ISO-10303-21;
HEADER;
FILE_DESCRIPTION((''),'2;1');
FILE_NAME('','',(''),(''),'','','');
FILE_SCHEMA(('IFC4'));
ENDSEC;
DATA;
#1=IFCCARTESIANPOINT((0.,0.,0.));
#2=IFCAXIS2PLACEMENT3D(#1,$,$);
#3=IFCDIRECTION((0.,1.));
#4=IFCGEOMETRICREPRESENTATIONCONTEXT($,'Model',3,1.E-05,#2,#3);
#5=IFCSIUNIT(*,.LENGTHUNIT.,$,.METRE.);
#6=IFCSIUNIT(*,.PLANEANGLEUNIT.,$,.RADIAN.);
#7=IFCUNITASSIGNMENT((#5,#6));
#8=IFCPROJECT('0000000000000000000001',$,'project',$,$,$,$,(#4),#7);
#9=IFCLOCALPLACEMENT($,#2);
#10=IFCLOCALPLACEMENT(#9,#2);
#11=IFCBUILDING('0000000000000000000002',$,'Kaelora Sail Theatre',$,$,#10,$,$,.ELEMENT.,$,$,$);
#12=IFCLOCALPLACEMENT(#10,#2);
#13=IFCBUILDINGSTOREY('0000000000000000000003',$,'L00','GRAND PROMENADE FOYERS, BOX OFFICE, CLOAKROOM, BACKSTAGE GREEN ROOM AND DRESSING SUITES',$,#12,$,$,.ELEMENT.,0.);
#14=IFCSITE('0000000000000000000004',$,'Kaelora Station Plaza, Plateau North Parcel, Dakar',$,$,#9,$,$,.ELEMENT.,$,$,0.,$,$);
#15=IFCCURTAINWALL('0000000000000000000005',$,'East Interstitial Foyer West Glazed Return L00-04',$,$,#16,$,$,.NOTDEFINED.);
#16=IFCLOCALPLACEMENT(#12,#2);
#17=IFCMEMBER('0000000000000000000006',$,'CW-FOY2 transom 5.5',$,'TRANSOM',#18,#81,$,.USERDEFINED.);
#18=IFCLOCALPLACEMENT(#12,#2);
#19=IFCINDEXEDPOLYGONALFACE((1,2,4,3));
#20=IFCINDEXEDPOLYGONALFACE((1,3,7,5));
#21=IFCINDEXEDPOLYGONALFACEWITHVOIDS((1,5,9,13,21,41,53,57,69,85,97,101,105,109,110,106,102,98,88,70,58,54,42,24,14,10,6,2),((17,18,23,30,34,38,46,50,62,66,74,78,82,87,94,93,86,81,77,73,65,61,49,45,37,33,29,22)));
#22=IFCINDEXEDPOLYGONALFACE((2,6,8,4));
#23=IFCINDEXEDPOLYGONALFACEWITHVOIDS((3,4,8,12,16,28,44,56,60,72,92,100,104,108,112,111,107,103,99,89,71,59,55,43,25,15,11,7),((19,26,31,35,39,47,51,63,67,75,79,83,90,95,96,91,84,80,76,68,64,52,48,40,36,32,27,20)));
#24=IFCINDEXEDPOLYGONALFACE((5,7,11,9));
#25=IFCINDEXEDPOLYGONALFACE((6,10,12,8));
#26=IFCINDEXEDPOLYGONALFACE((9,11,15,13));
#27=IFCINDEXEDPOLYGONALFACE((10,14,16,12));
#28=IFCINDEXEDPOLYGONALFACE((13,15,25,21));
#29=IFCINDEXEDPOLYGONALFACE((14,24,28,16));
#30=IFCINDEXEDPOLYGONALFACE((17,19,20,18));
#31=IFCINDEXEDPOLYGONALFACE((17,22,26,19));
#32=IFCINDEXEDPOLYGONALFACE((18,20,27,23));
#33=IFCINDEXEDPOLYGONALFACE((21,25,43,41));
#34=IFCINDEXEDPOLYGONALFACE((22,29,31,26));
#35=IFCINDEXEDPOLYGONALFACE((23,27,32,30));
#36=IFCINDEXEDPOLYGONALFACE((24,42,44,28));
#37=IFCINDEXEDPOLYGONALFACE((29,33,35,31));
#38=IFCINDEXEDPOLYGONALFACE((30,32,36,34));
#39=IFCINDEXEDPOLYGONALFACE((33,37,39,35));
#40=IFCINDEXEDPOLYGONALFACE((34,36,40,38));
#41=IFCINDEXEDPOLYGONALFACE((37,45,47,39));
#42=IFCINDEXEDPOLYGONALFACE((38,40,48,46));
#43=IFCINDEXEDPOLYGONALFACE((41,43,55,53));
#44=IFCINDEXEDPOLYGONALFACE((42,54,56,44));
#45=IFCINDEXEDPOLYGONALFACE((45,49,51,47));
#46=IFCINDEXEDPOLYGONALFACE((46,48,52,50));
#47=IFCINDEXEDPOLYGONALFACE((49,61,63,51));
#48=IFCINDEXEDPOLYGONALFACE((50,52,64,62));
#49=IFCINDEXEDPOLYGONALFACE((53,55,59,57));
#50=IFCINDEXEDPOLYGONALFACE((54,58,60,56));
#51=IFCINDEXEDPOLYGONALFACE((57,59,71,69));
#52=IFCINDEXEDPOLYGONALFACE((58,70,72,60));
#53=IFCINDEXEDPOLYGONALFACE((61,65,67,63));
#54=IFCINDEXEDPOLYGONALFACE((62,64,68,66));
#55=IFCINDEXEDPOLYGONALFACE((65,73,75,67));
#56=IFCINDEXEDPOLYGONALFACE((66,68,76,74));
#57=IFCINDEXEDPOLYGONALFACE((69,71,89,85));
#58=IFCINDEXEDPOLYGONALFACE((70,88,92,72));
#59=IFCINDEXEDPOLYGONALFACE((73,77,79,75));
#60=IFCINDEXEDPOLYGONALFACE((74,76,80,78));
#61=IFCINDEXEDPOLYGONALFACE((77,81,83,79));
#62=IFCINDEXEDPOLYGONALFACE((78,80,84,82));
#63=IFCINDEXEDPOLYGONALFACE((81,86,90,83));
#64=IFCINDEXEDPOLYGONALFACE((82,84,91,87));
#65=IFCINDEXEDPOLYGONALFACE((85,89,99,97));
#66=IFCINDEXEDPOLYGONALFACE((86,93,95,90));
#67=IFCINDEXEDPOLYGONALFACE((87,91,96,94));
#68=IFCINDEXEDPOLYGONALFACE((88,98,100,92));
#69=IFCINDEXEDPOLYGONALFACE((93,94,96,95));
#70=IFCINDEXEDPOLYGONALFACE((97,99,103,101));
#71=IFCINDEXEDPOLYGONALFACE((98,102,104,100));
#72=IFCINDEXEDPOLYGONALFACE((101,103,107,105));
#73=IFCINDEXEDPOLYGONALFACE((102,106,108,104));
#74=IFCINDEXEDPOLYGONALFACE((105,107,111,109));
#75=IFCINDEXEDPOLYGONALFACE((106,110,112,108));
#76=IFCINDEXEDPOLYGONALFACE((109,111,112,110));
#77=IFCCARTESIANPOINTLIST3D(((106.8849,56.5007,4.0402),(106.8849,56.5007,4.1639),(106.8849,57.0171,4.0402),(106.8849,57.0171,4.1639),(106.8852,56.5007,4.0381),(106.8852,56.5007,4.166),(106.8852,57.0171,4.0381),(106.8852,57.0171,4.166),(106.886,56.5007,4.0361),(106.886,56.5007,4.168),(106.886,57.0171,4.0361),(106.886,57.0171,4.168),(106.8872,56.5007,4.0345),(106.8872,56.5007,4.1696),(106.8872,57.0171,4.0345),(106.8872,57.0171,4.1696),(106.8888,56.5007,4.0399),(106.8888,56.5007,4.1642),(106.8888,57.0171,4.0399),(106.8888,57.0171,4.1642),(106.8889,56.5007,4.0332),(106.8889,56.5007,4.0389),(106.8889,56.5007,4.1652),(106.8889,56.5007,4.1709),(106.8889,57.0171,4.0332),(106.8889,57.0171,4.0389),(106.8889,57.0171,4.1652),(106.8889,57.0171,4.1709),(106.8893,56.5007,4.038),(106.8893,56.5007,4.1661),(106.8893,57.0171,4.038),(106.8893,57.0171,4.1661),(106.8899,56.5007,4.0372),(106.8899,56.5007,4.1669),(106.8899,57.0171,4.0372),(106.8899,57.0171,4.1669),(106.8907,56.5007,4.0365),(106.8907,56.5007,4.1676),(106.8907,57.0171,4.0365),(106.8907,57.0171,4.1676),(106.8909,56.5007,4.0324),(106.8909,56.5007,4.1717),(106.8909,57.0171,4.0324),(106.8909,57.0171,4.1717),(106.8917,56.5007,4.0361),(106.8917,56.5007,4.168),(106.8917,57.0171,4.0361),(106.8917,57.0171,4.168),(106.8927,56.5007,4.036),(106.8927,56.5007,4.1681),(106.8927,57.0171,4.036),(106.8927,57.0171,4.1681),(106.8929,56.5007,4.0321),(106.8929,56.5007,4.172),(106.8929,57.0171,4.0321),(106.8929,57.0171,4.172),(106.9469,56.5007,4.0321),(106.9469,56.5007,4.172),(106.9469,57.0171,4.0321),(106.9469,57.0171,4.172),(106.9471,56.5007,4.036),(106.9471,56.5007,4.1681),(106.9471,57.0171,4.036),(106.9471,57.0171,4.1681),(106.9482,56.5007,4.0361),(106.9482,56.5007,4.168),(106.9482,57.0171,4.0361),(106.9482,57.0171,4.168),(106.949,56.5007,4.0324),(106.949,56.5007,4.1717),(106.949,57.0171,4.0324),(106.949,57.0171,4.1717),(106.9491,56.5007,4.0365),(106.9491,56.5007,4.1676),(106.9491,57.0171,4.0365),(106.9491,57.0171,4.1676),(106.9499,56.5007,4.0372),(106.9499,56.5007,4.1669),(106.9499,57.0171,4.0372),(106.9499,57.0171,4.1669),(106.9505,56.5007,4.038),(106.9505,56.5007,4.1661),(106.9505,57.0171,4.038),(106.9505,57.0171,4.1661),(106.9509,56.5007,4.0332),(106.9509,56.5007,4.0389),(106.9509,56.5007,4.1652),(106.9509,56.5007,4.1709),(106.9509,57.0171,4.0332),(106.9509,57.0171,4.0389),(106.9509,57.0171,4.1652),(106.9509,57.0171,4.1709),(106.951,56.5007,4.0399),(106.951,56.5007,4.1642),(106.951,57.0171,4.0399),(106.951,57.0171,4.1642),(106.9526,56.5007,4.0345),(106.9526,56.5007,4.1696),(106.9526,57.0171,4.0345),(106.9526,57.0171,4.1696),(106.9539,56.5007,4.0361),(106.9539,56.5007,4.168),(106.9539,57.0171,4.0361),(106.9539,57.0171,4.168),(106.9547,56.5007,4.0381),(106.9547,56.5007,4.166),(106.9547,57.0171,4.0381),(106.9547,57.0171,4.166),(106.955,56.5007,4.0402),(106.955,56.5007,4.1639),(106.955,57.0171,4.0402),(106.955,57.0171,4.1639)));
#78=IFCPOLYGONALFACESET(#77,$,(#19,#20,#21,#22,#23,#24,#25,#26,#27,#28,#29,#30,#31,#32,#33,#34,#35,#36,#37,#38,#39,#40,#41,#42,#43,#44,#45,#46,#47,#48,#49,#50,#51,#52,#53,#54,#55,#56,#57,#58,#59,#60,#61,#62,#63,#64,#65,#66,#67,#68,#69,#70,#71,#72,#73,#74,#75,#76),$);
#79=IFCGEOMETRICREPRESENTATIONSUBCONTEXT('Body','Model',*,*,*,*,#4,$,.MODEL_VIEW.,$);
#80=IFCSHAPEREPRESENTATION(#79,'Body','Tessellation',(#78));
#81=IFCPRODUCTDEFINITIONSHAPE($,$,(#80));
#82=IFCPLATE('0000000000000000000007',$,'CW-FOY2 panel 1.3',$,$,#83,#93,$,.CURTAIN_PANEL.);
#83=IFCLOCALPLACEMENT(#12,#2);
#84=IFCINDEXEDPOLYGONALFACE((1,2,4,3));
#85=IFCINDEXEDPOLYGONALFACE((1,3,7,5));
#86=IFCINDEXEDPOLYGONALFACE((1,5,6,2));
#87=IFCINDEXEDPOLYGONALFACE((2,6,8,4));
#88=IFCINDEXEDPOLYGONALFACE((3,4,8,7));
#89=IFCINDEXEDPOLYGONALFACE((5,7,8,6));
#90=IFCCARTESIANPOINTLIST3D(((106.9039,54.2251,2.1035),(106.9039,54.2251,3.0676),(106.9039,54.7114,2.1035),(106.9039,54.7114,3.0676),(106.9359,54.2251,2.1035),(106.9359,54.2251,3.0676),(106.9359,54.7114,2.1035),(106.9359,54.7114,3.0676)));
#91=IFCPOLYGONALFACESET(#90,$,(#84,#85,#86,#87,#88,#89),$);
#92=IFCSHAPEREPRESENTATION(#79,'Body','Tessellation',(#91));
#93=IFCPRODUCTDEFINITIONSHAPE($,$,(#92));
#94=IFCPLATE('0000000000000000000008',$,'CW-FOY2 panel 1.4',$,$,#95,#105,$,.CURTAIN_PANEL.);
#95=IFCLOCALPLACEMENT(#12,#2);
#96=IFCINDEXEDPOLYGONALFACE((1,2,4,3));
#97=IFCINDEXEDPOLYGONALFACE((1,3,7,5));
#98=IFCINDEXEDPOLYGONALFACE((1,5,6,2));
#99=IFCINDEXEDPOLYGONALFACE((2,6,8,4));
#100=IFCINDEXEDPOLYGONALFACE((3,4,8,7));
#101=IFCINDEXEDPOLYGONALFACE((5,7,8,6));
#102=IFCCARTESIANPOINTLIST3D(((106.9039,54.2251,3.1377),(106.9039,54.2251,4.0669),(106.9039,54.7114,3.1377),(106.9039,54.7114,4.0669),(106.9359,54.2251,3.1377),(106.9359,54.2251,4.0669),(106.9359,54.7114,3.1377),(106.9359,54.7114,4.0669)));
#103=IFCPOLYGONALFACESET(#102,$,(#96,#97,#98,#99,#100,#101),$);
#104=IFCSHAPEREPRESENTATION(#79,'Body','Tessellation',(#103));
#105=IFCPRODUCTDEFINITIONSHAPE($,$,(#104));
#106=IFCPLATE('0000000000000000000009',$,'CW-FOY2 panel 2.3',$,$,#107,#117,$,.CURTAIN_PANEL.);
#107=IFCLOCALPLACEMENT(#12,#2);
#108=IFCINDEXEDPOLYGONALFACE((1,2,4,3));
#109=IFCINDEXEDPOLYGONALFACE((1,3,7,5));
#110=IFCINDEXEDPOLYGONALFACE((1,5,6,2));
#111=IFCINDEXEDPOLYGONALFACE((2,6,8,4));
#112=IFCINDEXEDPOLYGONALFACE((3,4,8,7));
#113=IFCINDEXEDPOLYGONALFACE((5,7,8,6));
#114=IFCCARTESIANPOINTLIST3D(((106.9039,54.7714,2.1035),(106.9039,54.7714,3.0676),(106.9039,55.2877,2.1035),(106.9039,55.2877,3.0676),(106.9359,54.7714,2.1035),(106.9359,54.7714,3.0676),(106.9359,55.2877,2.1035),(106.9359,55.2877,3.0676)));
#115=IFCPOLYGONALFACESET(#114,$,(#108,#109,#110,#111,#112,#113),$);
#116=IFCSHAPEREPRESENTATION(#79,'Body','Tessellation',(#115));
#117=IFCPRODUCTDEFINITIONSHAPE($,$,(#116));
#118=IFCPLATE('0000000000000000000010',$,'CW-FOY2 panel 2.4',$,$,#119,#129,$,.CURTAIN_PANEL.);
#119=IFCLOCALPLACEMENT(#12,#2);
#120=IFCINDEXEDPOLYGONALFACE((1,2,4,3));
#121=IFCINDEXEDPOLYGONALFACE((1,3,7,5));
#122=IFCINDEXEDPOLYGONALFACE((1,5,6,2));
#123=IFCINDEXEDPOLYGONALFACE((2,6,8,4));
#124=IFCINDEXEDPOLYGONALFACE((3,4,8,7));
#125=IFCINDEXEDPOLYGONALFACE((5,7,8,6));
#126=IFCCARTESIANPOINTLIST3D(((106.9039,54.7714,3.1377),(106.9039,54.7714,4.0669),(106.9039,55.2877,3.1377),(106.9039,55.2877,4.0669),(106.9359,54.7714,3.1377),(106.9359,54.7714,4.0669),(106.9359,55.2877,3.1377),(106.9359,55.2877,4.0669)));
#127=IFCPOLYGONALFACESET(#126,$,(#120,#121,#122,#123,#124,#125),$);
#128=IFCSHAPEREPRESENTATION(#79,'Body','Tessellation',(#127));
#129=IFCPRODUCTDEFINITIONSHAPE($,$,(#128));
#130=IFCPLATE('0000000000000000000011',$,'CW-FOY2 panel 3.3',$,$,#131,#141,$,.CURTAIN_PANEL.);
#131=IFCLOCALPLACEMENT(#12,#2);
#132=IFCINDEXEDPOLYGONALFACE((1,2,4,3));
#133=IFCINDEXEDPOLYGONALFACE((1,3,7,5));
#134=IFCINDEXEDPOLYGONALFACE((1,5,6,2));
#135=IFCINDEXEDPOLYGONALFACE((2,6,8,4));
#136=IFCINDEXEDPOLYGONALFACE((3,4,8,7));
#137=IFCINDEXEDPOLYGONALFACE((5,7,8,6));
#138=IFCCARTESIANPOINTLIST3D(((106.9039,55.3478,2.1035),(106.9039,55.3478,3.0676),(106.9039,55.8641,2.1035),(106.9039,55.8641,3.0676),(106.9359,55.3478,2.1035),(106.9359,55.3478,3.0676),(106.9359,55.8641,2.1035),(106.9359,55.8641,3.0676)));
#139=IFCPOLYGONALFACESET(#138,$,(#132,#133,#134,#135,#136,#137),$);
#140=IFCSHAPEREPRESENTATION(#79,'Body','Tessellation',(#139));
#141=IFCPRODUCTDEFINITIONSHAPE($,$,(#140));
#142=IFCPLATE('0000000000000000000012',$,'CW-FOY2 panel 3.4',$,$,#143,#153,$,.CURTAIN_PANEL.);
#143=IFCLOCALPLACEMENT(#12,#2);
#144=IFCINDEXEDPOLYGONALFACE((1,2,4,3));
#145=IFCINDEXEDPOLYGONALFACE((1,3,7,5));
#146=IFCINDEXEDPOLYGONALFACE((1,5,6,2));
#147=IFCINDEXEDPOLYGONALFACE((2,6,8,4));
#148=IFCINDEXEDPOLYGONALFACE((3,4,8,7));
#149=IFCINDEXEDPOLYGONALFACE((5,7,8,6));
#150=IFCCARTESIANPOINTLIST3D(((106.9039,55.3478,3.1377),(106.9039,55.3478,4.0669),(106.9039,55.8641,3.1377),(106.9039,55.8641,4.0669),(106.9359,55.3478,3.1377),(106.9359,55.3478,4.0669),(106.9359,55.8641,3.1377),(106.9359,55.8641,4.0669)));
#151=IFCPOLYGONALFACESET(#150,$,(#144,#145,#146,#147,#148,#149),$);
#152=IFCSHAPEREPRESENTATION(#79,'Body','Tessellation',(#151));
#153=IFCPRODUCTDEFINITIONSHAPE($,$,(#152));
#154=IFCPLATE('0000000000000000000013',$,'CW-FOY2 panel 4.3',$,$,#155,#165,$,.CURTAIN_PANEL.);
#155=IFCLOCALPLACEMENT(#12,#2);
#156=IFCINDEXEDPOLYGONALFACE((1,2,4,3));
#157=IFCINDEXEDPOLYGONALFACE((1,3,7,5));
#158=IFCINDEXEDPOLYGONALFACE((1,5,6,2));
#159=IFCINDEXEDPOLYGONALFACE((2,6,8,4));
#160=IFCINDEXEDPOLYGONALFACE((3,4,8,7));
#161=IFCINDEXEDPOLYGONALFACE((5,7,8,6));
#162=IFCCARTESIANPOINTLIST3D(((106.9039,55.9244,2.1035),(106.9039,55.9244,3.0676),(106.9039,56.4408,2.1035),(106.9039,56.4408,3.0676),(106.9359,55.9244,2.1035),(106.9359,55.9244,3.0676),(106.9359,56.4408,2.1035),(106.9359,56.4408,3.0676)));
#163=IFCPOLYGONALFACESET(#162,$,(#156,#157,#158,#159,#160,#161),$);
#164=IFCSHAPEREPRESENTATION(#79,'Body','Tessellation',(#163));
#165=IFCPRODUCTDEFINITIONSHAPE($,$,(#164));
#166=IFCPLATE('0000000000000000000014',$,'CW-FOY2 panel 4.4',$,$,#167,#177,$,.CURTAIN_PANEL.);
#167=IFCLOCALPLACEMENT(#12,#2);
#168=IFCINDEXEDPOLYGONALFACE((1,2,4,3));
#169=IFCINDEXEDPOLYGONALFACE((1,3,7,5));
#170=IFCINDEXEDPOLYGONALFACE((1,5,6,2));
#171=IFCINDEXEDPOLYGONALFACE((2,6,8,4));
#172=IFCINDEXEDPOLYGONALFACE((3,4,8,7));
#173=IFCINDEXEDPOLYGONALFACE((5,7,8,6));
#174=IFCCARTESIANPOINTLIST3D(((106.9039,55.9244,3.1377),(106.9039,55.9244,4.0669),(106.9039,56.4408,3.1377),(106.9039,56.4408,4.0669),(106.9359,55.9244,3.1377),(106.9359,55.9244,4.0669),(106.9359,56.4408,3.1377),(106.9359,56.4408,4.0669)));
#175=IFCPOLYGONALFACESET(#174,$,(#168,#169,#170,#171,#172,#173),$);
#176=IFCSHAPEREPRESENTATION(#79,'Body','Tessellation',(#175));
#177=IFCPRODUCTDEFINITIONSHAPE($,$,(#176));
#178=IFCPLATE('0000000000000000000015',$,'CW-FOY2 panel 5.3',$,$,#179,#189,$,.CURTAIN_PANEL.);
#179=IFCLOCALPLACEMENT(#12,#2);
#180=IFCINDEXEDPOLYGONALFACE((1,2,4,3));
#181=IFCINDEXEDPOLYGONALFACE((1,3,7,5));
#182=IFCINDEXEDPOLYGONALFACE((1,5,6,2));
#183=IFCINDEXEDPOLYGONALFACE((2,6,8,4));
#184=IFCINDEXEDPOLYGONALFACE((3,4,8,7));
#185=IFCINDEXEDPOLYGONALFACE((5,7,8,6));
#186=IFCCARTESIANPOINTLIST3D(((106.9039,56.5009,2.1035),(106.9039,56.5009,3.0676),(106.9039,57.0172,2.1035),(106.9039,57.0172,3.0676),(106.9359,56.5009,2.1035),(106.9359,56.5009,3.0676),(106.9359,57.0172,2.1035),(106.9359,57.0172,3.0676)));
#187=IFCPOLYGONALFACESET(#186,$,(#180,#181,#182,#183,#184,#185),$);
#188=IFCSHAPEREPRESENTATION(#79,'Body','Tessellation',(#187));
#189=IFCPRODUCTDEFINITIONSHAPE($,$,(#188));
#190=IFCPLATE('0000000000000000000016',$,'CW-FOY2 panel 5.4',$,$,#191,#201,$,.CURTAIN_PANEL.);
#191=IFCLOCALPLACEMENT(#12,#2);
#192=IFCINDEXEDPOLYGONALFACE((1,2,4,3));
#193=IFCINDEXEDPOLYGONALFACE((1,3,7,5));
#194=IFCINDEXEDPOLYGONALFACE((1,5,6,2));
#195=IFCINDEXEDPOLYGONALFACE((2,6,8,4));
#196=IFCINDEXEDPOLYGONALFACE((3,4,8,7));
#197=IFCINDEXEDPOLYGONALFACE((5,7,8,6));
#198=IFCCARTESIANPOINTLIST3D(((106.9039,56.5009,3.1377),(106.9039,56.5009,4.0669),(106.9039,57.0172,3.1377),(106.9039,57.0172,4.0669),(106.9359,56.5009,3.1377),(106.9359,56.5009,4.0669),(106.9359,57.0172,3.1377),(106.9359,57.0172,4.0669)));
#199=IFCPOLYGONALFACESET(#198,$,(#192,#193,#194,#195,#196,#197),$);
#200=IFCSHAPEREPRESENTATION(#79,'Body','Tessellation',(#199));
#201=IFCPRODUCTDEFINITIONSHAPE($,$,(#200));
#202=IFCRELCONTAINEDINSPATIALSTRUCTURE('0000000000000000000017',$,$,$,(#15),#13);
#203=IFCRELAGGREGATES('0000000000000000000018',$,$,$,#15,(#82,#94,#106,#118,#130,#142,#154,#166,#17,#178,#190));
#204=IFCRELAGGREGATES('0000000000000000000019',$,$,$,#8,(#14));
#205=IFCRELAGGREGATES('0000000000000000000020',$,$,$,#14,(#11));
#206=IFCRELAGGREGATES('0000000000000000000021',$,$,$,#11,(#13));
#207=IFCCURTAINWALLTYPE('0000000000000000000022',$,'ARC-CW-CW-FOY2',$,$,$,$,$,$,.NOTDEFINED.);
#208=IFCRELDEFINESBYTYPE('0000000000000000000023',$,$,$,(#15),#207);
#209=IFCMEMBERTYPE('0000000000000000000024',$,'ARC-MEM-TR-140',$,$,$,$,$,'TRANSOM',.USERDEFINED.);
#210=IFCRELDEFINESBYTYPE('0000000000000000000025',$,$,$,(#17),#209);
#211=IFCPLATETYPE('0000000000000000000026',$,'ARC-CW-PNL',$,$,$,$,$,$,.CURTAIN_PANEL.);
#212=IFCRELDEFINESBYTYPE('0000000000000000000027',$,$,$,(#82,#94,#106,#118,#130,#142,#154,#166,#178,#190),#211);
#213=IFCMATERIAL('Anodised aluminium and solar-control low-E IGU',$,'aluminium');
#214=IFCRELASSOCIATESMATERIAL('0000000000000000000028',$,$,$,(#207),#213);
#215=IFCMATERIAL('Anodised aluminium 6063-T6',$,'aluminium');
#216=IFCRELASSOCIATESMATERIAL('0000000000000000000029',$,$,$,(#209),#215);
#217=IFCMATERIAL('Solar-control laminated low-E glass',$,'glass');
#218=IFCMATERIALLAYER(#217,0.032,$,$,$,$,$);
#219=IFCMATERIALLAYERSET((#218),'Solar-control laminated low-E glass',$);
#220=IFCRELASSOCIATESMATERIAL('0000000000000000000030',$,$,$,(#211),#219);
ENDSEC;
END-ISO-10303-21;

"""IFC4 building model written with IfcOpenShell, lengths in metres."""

from ifc_helpers import new_model, si_unit, direction, frame, origin, origin_2d, place, context, subcontext, project, spatial, rectangle, hollow_rectangle, extrude, material, layer, layer_set, material_profile, profile_set, type_object, element, aggregate, save


model = new_model("IFC4")

# Units and contexts
model_context = context("Model", 3, precision=1e-05, world=origin(), true_north=direction((0.0, 1.0)))
body_context = subcontext(model_context, "Body", "Model", "MODEL_VIEW")
ifc_project = project(units=[si_unit("LENGTHUNIT", "METRE"), si_unit("PLANEANGLEUNIT", "RADIAN")], contexts=[model_context])

# Site, building, storey
site_placement = place(None, origin())
site = spatial("IfcSite", under=ifc_project, at=site_placement, Name="Kaelora Station Plaza, Plateau North Parcel, Dakar", CompositionType="ELEMENT", RefElevation=0.0)
building_placement = place(site_placement, origin())
building = spatial("IfcBuilding", under=site, at=building_placement, Name="Kaelora Sail Theatre", CompositionType="ELEMENT")
storey_placement = place(building_placement, origin())
storey = spatial("IfcBuildingStorey", under=building, at=storey_placement, Name="L00", Description="GRAND PROMENADE FOYERS, BOX OFFICE, CLOAKROOM, BACKSTAGE GREEN ROOM AND DRESSING SUITES", CompositionType="ELEMENT", Elevation=0.0)

# Curtain wall, member, plates
ifc_material_1 = material(Name="Anodised aluminium and solar-control low-E IGU", Category="aluminium")
curtain_wall_type = type_object("IfcCurtainWallType", Name="ARC-CW-CW-FOY2", PredefinedType="NOTDEFINED", material=ifc_material_1)
curtain_wall_placement = place(storey_placement, origin())
curtain_wall = element("IfcCurtainWall", 1, at=curtain_wall_placement, inside=storey, type_object=curtain_wall_type, Name="East Interstitial Foyer West Glazed Return L00-04", PredefinedType="NOTDEFINED")
ifc_material_2 = material(Name="Anodised aluminium 6063-T6", Category="aluminium")
ifc_material_profile = material_profile(ifc_material_2, hollow_rectangle(XDim=0.0701, YDim=0.1399, WallThickness=0.0039, InnerFilletRadius=0.0039, OuterFilletRadius=0.0081, at=origin_2d()), Name="ALU-TRAN 70x140x4")
ifc_profile_set = profile_set([ifc_material_profile], Name="Anodised aluminium 6063-T6")
member_type = type_object("IfcMemberType", Name="ARC-MEM-TR-140", ElementType="TRANSOM", PredefinedType="USERDEFINED", material=ifc_profile_set)
member_1_placement = place(storey_placement, frame((106.9199, 56.5007, 4.1021), z_axis=(0.0, 1.0, 0.0), x_axis=(-1.0, 0.0, 0.0)))
member_1 = element("IfcMember", 2, at=member_1_placement, type_object=member_type, Name="CW-FOY2 transom 5.5", ObjectType="TRANSOM", PredefinedType="USERDEFINED", context=body_context, shape_type="SweptSolid", body=[
    extrude(hollow_rectangle(XDim=0.0701, YDim=0.1399, WallThickness=0.0039, InnerFilletRadius=0.0039, OuterFilletRadius=0.0081, at=origin_2d()), origin(), (0.0, 0.0, 1.0), 0.5164),
])
ifc_material_3 = material(Name="Solar-control laminated low-E glass", Category="glass")
ifc_layer = layer(ifc_material_3, 0.032)
ifc_layer_set = layer_set([ifc_layer], Name="Solar-control laminated low-E glass")
plate_type = type_object("IfcPlateType", Name="ARC-CW-PNL", PredefinedType="CURTAIN_PANEL", material=ifc_layer_set)
plate_1_placement = place(storey_placement, frame((106.9199, 54.4683, 2.1035), z_axis=(0.0, 0.0, 1.0), x_axis=(0.0, 1.0, 0.0)))
plate_1 = element("IfcPlate", 3, at=plate_1_placement, type_object=plate_type, Name="CW-FOY2 panel 1.3", PredefinedType="CURTAIN_PANEL", context=body_context, shape_type="SweptSolid", body=[
    extrude(rectangle(XDim=0.4863, YDim=0.032, at=origin_2d()), origin(), (0.0, 0.0, 1.0), 0.9641),
])
plate_2_placement = place(storey_placement, frame((106.9199, 54.4683, 3.1377), z_axis=(0.0, 0.0, 1.0), x_axis=(0.0, 1.0, 0.0)))
plate_2 = element("IfcPlate", 4, at=plate_2_placement, type_object=plate_type, Name="CW-FOY2 panel 1.4", PredefinedType="CURTAIN_PANEL", context=body_context, shape_type="SweptSolid", body=[
    extrude(rectangle(XDim=0.4863, YDim=0.032, at=origin_2d()), origin(), (0.0, 0.0, 1.0), 0.9292),
])
plate_3_placement = place(storey_placement, frame((106.9199, 55.0295, 2.1035), z_axis=(0.0, 0.0, 1.0), x_axis=(0.0, 1.0, 0.0)))
plate_3 = element("IfcPlate", 5, at=plate_3_placement, type_object=plate_type, Name="CW-FOY2 panel 2.3", PredefinedType="CURTAIN_PANEL", context=body_context, shape_type="SweptSolid", body=[
    extrude(rectangle(XDim=0.5164, YDim=0.032, at=origin_2d()), origin(), (0.0, 0.0, 1.0), 0.9641),
])
plate_4_placement = place(storey_placement, frame((106.9199, 55.0295, 3.1377), z_axis=(0.0, 0.0, 1.0), x_axis=(0.0, 1.0, 0.0)))
plate_4 = element("IfcPlate", 6, at=plate_4_placement, type_object=plate_type, Name="CW-FOY2 panel 2.4", PredefinedType="CURTAIN_PANEL", context=body_context, shape_type="SweptSolid", body=[
    extrude(rectangle(XDim=0.5164, YDim=0.032, at=origin_2d()), origin(), (0.0, 0.0, 1.0), 0.9292),
])
plate_5_placement = place(storey_placement, frame((106.9199, 55.606, 2.1035), z_axis=(0.0, 0.0, 1.0), x_axis=(0.0, 1.0, 0.0)))
plate_5 = element("IfcPlate", 7, at=plate_5_placement, type_object=plate_type, Name="CW-FOY2 panel 3.3", PredefinedType="CURTAIN_PANEL", context=body_context, shape_type="SweptSolid", body=[
    extrude(rectangle(XDim=0.5164, YDim=0.032, at=origin_2d()), origin(), (0.0, 0.0, 1.0), 0.9641),
])
plate_6_placement = place(storey_placement, frame((106.9199, 55.606, 3.1377), z_axis=(0.0, 0.0, 1.0), x_axis=(0.0, 1.0, 0.0)))
plate_6 = element("IfcPlate", 8, at=plate_6_placement, type_object=plate_type, Name="CW-FOY2 panel 3.4", PredefinedType="CURTAIN_PANEL", context=body_context, shape_type="SweptSolid", body=[
    extrude(rectangle(XDim=0.5164, YDim=0.032, at=origin_2d()), origin(), (0.0, 0.0, 1.0), 0.9292),
])
plate_7_placement = place(storey_placement, frame((106.9199, 56.1826, 2.1035), z_axis=(0.0, 0.0, 1.0), x_axis=(0.0, 1.0, 0.0)))
plate_7 = element("IfcPlate", 9, at=plate_7_placement, type_object=plate_type, Name="CW-FOY2 panel 4.3", PredefinedType="CURTAIN_PANEL", context=body_context, shape_type="SweptSolid", body=[
    extrude(rectangle(XDim=0.5164, YDim=0.032, at=origin_2d()), origin(), (0.0, 0.0, 1.0), 0.9641),
])
plate_8_placement = place(storey_placement, frame((106.9199, 56.1826, 3.1377), z_axis=(0.0, 0.0, 1.0), x_axis=(0.0, 1.0, 0.0)))
plate_8 = element("IfcPlate", 10, at=plate_8_placement, type_object=plate_type, Name="CW-FOY2 panel 4.4", PredefinedType="CURTAIN_PANEL", context=body_context, shape_type="SweptSolid", body=[
    extrude(rectangle(XDim=0.5164, YDim=0.032, at=origin_2d()), origin(), (0.0, 0.0, 1.0), 0.9292),
])
plate_9_placement = place(storey_placement, frame((106.9199, 56.759, 2.1035), z_axis=(0.0, 0.0, 1.0), x_axis=(0.0, 1.0, 0.0)))
plate_9 = element("IfcPlate", 11, at=plate_9_placement, type_object=plate_type, Name="CW-FOY2 panel 5.3", PredefinedType="CURTAIN_PANEL", context=body_context, shape_type="SweptSolid", body=[
    extrude(rectangle(XDim=0.5164, YDim=0.032, at=origin_2d()), origin(), (0.0, 0.0, 1.0), 0.9641),
])
plate_10_placement = place(storey_placement, frame((106.9199, 56.759, 3.1377), z_axis=(0.0, 0.0, 1.0), x_axis=(0.0, 1.0, 0.0)))
plate_10 = element("IfcPlate", 12, at=plate_10_placement, type_object=plate_type, Name="CW-FOY2 panel 5.4", PredefinedType="CURTAIN_PANEL", context=body_context, shape_type="SweptSolid", body=[
    extrude(rectangle(XDim=0.5164, YDim=0.032, at=origin_2d()), origin(), (0.0, 0.0, 1.0), 0.9292),
])
aggregate(curtain_wall, [plate_1, plate_2, plate_3, plate_4, plate_5, plate_6, plate_7, plate_8, member_1, plate_9, plate_10])

save(model, "model.ifc")
